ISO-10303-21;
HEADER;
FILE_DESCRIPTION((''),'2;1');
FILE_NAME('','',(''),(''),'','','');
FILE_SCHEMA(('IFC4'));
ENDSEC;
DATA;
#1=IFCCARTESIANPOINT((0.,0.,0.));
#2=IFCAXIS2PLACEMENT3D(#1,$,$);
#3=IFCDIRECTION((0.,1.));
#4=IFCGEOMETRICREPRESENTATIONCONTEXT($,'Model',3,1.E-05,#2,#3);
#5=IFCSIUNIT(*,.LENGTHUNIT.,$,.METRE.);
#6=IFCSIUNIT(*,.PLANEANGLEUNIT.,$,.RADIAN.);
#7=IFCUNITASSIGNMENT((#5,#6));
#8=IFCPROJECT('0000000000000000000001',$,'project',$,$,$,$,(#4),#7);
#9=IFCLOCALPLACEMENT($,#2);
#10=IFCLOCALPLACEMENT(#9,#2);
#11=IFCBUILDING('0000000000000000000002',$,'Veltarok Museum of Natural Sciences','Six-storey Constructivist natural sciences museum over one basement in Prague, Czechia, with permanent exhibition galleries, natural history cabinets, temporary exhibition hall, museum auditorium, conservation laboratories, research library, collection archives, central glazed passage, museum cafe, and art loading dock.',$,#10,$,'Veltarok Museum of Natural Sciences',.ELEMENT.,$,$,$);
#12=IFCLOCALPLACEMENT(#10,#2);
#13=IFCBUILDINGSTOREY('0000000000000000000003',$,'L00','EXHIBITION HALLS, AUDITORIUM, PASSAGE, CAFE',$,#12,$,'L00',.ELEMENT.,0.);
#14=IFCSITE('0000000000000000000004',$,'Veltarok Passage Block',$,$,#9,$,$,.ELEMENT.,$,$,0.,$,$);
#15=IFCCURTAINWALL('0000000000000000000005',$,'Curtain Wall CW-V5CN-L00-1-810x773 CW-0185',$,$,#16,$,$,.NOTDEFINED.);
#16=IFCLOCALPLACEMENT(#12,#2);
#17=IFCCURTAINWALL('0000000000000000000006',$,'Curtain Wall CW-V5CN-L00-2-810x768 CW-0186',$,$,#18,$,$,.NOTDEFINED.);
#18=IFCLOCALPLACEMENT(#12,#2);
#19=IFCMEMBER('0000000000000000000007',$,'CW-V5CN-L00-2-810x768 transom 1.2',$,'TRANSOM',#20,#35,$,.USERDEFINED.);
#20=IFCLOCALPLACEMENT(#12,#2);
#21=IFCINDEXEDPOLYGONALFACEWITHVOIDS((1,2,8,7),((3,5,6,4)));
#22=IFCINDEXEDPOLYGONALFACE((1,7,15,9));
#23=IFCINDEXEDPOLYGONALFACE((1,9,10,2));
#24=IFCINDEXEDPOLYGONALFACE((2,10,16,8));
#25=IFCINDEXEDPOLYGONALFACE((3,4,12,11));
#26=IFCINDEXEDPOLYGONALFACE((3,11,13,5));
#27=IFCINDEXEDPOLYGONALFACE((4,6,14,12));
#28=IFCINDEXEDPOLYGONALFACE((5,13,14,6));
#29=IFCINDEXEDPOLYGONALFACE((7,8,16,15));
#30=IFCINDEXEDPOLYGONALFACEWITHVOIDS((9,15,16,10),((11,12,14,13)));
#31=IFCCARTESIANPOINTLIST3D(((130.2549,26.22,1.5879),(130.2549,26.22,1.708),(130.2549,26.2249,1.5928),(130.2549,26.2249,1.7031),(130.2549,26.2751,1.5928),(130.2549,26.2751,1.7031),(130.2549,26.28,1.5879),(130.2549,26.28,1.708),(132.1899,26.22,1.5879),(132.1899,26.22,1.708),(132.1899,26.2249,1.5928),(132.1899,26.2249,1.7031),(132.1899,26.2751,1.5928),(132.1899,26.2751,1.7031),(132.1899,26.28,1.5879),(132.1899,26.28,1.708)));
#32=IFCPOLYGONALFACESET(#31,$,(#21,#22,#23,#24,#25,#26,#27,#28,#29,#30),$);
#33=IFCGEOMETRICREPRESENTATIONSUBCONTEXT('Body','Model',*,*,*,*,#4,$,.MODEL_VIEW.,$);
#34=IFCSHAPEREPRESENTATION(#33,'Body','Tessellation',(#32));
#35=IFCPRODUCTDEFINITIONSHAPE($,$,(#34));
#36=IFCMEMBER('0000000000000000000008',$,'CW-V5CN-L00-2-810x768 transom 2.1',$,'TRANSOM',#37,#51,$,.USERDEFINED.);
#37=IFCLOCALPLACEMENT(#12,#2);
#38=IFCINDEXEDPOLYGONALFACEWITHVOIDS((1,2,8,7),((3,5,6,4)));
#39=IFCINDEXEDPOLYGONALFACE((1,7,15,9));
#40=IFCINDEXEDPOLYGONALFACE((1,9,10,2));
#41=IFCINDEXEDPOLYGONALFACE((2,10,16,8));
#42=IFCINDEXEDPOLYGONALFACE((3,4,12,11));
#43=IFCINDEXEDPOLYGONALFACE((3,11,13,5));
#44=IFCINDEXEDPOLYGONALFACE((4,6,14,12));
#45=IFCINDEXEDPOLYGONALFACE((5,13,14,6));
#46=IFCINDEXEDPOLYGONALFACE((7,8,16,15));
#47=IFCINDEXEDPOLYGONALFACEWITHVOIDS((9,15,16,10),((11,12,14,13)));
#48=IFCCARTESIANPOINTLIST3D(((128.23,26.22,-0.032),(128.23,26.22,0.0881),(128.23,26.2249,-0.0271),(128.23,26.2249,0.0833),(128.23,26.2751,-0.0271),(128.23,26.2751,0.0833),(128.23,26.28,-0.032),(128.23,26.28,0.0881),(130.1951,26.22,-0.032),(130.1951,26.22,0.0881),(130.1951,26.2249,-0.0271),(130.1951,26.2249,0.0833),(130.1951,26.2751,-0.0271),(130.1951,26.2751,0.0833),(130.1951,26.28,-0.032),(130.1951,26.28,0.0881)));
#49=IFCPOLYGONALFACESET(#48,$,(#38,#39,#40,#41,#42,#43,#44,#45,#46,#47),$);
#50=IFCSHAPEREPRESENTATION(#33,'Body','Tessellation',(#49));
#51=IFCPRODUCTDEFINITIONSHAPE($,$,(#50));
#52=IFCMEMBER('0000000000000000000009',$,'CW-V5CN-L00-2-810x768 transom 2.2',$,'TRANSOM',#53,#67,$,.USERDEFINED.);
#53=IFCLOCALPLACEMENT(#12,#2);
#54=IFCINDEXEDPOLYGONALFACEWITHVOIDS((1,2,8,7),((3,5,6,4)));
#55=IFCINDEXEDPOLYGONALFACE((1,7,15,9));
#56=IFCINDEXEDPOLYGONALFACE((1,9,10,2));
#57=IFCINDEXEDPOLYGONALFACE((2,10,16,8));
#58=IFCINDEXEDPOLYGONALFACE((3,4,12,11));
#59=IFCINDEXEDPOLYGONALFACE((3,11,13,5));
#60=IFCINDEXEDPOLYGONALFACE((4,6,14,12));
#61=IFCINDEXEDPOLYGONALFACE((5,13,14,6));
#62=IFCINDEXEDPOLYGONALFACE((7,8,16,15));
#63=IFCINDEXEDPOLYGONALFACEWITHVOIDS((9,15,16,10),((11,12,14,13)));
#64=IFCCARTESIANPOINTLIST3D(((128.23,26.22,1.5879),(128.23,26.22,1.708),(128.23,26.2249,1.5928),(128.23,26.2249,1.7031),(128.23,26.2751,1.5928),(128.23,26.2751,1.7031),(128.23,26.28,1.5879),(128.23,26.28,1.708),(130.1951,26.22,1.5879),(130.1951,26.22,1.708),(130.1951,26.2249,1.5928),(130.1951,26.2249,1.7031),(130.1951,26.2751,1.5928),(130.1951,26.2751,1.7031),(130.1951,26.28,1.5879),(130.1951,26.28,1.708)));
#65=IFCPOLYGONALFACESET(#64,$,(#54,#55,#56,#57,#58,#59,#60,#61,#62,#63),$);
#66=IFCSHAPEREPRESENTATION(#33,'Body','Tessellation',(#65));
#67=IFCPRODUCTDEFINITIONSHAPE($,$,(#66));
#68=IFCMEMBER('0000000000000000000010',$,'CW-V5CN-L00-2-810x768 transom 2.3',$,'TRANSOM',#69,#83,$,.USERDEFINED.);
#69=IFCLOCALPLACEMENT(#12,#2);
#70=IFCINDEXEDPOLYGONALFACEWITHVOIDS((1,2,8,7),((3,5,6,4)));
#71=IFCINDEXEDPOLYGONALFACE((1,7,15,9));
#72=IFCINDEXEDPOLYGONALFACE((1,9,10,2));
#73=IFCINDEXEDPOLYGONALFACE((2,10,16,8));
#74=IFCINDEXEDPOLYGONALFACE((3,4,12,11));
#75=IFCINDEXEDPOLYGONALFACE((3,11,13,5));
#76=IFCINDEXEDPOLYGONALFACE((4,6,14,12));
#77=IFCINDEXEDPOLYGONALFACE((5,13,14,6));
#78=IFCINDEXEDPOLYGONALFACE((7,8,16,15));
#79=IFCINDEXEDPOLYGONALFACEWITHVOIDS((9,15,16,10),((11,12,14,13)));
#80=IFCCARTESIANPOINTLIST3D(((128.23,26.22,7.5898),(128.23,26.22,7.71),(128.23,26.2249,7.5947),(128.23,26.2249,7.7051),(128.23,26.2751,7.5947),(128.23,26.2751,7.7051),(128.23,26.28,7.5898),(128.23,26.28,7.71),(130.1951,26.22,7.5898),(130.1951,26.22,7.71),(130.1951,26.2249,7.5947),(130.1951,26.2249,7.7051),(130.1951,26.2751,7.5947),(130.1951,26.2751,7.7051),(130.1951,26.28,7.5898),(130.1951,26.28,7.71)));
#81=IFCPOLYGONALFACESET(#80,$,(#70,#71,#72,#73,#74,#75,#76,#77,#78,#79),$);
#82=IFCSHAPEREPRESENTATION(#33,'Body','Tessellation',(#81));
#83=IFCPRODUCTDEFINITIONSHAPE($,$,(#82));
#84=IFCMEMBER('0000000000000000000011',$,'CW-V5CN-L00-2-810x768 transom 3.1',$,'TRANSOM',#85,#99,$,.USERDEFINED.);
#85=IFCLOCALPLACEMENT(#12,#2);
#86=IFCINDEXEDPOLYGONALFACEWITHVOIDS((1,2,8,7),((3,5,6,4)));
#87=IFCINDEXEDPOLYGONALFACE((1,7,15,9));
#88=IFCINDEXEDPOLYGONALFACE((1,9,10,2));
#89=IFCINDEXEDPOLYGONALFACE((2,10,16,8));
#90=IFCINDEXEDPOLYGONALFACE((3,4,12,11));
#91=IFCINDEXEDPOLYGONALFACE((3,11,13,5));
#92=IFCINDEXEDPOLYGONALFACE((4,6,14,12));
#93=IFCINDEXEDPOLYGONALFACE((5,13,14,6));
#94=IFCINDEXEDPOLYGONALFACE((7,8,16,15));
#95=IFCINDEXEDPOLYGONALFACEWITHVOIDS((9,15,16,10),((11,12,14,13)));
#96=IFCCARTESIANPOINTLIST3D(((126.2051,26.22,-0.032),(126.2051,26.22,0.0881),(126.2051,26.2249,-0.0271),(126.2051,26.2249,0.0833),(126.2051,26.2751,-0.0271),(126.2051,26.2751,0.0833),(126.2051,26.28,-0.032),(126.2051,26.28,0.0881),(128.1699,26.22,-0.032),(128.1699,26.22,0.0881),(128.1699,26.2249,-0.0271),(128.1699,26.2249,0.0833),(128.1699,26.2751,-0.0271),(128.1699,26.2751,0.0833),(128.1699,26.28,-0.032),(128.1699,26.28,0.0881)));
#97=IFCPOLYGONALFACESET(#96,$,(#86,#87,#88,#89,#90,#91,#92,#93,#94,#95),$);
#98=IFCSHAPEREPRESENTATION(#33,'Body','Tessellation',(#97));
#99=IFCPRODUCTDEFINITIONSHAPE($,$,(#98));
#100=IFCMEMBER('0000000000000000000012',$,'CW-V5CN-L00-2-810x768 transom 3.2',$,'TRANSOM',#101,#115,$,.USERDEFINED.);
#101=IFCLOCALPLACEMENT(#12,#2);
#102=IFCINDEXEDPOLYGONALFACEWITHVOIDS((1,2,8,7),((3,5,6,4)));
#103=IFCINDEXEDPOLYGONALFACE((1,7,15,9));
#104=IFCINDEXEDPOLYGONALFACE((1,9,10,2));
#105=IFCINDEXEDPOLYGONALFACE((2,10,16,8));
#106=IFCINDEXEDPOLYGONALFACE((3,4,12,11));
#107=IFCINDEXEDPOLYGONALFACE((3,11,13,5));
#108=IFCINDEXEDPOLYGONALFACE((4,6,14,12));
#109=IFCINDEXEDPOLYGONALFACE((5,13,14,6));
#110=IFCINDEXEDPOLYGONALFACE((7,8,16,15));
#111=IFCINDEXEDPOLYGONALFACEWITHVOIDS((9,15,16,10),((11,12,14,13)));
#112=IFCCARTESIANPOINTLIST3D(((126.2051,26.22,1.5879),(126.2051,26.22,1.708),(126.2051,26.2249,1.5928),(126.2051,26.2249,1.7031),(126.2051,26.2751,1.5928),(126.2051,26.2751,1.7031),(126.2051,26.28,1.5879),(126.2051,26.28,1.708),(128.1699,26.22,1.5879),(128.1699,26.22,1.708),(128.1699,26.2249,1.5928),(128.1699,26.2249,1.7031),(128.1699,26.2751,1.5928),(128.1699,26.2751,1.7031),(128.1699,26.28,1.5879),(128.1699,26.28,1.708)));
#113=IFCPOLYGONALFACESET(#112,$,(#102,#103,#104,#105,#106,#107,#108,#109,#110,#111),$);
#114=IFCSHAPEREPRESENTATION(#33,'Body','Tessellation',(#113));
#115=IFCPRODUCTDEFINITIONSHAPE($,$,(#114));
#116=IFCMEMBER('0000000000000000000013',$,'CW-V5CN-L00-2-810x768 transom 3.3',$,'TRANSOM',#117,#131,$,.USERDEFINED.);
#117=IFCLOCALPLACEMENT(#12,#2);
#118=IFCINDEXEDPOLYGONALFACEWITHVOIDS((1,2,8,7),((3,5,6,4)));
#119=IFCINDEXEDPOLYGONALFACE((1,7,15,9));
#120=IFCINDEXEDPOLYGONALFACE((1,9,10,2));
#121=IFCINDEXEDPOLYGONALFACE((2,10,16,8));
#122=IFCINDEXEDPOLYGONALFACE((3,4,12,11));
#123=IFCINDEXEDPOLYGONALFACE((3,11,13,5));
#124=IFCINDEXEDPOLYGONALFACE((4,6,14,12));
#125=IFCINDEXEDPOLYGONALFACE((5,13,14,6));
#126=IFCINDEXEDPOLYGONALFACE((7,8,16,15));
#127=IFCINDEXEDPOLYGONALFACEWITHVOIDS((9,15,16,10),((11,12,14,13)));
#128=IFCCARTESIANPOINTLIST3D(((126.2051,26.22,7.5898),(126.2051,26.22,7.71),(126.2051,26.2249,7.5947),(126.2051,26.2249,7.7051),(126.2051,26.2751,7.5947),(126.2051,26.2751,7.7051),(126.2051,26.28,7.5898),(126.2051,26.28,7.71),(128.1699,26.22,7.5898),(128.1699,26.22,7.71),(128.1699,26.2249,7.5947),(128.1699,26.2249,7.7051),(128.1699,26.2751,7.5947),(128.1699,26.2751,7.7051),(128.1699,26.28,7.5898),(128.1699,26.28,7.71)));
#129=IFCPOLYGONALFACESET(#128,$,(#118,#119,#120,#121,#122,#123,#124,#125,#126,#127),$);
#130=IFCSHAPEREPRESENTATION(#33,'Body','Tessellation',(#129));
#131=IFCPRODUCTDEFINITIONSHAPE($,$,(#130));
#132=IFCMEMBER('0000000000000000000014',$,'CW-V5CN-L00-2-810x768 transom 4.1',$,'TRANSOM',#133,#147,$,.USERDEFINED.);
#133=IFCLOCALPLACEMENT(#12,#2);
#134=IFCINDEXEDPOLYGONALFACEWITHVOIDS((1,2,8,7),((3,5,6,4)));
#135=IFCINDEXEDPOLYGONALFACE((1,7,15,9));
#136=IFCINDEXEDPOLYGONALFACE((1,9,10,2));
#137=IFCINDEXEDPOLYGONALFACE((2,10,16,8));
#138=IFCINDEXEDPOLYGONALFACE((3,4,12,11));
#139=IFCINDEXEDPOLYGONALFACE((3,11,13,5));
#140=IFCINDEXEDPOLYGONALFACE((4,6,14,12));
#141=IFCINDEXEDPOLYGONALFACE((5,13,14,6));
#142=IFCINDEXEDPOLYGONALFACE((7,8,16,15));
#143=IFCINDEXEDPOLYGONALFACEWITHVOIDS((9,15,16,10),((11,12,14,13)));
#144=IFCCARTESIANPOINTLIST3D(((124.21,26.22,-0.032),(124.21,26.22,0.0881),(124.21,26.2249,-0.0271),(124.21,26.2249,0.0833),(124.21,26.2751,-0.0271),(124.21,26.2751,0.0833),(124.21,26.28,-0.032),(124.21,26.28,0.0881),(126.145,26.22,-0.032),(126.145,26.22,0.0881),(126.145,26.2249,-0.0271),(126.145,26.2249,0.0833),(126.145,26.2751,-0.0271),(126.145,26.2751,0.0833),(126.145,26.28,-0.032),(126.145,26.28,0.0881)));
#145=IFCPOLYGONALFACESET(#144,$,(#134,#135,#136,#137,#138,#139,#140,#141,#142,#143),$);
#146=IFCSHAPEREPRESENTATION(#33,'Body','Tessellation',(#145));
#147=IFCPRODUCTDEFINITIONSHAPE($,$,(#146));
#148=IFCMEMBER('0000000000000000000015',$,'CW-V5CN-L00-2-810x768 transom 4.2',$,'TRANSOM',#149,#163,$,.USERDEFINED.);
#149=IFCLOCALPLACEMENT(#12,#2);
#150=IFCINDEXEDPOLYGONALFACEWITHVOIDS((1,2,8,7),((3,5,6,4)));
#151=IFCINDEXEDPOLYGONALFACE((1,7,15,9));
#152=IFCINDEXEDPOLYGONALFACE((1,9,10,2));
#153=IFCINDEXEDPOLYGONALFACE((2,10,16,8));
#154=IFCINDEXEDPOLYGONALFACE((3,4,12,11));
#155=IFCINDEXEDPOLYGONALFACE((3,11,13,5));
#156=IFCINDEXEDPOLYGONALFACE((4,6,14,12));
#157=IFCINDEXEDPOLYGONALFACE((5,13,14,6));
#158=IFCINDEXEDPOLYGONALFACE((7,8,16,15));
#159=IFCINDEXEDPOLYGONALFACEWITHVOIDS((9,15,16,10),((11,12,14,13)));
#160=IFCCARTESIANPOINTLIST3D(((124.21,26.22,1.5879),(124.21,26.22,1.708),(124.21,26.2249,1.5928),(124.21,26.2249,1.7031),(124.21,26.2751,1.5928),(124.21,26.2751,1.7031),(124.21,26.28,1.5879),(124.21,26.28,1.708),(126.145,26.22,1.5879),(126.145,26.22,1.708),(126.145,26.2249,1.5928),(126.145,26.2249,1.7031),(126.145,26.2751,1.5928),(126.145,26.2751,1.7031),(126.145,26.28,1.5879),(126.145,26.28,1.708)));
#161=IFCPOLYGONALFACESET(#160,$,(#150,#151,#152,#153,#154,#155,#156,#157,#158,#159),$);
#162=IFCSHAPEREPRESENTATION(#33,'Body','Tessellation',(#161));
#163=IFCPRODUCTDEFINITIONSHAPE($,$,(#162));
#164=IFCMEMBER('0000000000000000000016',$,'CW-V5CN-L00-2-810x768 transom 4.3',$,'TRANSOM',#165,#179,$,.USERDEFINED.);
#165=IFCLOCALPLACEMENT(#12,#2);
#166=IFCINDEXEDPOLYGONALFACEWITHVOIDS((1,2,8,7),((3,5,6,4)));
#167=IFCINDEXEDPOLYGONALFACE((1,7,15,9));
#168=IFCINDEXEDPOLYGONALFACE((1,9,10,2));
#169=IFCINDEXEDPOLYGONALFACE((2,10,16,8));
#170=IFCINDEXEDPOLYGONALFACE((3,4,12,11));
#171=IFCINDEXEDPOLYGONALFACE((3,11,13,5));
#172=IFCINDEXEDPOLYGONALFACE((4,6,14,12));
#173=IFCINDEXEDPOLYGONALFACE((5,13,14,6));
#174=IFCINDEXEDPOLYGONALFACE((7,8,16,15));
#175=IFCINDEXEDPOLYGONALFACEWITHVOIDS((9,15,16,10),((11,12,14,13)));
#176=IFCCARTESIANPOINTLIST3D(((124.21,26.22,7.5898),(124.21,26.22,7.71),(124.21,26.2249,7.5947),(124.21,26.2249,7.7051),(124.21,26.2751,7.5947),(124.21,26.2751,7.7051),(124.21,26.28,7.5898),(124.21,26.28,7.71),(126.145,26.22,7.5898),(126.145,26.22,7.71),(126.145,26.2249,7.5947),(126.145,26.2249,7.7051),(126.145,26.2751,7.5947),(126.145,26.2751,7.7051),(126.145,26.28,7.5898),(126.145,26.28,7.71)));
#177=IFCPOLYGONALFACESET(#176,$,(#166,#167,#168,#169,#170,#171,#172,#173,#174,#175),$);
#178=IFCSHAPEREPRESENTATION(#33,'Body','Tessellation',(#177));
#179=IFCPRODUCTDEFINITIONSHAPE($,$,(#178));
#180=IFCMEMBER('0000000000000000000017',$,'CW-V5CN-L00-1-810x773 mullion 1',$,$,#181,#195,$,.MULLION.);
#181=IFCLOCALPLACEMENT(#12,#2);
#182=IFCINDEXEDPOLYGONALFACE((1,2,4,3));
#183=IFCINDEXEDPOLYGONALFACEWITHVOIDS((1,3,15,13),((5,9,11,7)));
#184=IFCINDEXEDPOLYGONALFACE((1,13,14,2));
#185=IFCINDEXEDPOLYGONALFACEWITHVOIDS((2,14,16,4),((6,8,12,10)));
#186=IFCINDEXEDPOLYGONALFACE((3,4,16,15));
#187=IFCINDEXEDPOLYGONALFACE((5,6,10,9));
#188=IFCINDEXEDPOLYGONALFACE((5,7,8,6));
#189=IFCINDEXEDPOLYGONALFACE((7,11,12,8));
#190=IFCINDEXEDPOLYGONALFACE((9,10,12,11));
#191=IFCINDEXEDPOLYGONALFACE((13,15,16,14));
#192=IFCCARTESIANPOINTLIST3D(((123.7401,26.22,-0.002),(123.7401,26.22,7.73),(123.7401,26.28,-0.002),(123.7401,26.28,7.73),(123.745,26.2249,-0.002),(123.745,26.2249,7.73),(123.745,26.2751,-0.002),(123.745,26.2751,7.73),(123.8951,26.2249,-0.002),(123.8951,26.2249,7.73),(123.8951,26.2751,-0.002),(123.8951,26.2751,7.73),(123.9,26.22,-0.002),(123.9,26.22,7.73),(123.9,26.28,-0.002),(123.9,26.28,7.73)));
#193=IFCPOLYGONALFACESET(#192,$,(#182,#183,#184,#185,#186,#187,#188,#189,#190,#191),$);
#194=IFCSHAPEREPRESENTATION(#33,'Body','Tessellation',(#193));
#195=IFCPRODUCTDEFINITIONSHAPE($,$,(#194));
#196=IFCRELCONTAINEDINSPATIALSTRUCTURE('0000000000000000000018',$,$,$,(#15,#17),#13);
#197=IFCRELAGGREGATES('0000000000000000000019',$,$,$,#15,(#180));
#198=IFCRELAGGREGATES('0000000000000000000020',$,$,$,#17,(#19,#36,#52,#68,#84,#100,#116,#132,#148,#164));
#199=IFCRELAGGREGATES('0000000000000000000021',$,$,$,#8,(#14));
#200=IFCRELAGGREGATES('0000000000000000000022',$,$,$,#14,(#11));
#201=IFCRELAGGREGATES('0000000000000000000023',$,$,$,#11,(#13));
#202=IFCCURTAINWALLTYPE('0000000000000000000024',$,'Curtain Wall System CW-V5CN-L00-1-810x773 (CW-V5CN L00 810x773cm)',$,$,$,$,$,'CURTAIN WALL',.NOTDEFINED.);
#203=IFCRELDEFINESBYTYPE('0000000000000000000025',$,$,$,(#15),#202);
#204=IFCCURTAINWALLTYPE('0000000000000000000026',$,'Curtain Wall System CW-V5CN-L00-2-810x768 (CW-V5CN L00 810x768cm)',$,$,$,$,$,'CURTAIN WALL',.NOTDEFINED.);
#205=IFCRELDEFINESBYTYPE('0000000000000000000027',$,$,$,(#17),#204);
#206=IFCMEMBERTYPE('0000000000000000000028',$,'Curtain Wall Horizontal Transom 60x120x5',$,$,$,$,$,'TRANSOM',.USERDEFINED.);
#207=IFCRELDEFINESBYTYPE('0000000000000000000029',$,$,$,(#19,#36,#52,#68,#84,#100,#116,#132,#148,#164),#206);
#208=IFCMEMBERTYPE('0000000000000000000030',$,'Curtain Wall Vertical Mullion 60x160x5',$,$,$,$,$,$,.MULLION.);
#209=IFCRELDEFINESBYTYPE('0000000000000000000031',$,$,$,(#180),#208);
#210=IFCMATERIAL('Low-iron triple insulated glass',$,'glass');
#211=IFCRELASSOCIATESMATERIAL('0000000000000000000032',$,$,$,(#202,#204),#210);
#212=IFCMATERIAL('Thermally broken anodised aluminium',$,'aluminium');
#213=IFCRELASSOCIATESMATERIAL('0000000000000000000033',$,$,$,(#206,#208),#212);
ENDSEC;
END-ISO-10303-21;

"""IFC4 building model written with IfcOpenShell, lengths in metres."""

from ifc_helpers import new_model, si_unit, direction, frame, origin, origin_2d, place, context, subcontext, project, spatial, hollow_rectangle, extrude, material, material_profile, profile_set, type_object, element, aggregate, save


model = new_model("IFC4")

# Units and contexts
model_context = context("Model", 3, precision=1e-05, world=origin(), true_north=direction((0.0, 1.0)))
body_context = subcontext(model_context, "Body", "Model", "MODEL_VIEW")
ifc_project = project(units=[si_unit("LENGTHUNIT", "METRE"), si_unit("PLANEANGLEUNIT", "RADIAN")], contexts=[model_context])

# Site, building, storey
site_placement = place(None, origin())
site = spatial("IfcSite", under=ifc_project, at=site_placement, Name="Veltarok Passage Block", CompositionType="ELEMENT", RefElevation=0.0)
building_placement = place(site_placement, origin())
building = spatial("IfcBuilding", under=site, at=building_placement, Name="Veltarok Museum of Natural Sciences", Description="Six-storey Constructivist natural sciences museum over one basement in Prague, Czechia, with permanent exhibition galleries, natural history cabinets, temporary exhibition hall, museum auditorium, conservation laboratories, research library, collection archives, central glazed passage, museum cafe, and art loading dock.", LongName="Veltarok Museum of Natural Sciences", CompositionType="ELEMENT")
storey_placement = place(building_placement, origin())
storey = spatial("IfcBuildingStorey", under=building, at=storey_placement, Name="L00", Description="EXHIBITION HALLS, AUDITORIUM, PASSAGE, CAFE", LongName="L00", CompositionType="ELEMENT", Elevation=0.0)

# Curtain walls, members
ifc_material_1 = material(Name="Low-iron triple insulated glass", Category="glass")
curtain_wall_type_1 = type_object("IfcCurtainWallType", Name="Curtain Wall System CW-V5CN-L00-1-810x773 (CW-V5CN L00 810x773cm)", ElementType="CURTAIN WALL", PredefinedType="NOTDEFINED", material=ifc_material_1)
curtain_wall_1_placement = place(storey_placement, origin())
curtain_wall_1 = element("IfcCurtainWall", 1, at=curtain_wall_1_placement, inside=storey, type_object=curtain_wall_type_1, Name="Curtain Wall CW-V5CN-L00-1-810x773 CW-0185", PredefinedType="NOTDEFINED")
ifc_material_2 = material(Name="Thermally broken anodised aluminium", Category="aluminium")
ifc_material_profile_1 = material_profile(ifc_material_2, hollow_rectangle(XDim=0.0601, YDim=0.1201, WallThickness=0.0049, at=origin_2d()), Name="CW TRANSOM 60x120x5")
ifc_profile_set_1 = profile_set([ifc_material_profile_1], Name="Thermally broken anodised aluminium")
member_type_1 = type_object("IfcMemberType", Name="Curtain Wall Horizontal Transom 60x120x5", ElementType="TRANSOM", PredefinedType="USERDEFINED", material=ifc_profile_set_1)
curtain_wall_type_2 = type_object("IfcCurtainWallType", Name="Curtain Wall System CW-V5CN-L00-2-810x768 (CW-V5CN L00 810x768cm)", ElementType="CURTAIN WALL", PredefinedType="NOTDEFINED", material=ifc_material_1)
curtain_wall_2_placement = place(storey_placement, origin())
curtain_wall_2 = element("IfcCurtainWall", 2, at=curtain_wall_2_placement, inside=storey, type_object=curtain_wall_type_2, Name="Curtain Wall CW-V5CN-L00-2-810x768 CW-0186", PredefinedType="NOTDEFINED")
member_1_placement = place(storey_placement, frame((132.1899, 26.25, 1.6479), z_axis=(-1.0, 0.0, 0.0), x_axis=(0.0, -1.0, 0.0)))
member_1 = element("IfcMember", 3, at=member_1_placement, type_object=member_type_1, Name="CW-V5CN-L00-2-810x768 transom 1.2", ObjectType="TRANSOM", PredefinedType="USERDEFINED", context=body_context, shape_type="SweptSolid", body=[
    extrude(hollow_rectangle(XDim=0.0601, YDim=0.1201, WallThickness=0.0049, at=origin_2d()), origin(), (0.0, 0.0, 1.0), 1.9351),
])
member_2_placement = place(storey_placement, frame((130.1951, 26.25, 0.0281), z_axis=(-1.0, 0.0, 0.0), x_axis=(0.0, -1.0, 0.0)))
member_2 = element("IfcMember", 4, at=member_2_placement, type_object=member_type_1, Name="CW-V5CN-L00-2-810x768 transom 2.1", ObjectType="TRANSOM", PredefinedType="USERDEFINED", context=body_context, shape_type="SweptSolid", body=[
    extrude(hollow_rectangle(XDim=0.0601, YDim=0.1201, WallThickness=0.0049, at=origin_2d()), origin(), (0.0, 0.0, 1.0), 1.9651),
])
member_3_placement = place(storey_placement, frame((130.1951, 26.25, 1.6479), z_axis=(-1.0, 0.0, 0.0), x_axis=(0.0, -1.0, 0.0)))
member_3 = element("IfcMember", 5, at=member_3_placement, type_object=member_type_1, Name="CW-V5CN-L00-2-810x768 transom 2.2", ObjectType="TRANSOM", PredefinedType="USERDEFINED", context=body_context, shape_type="SweptSolid", body=[
    extrude(hollow_rectangle(XDim=0.0601, YDim=0.1201, WallThickness=0.0049, at=origin_2d()), origin(), (0.0, 0.0, 1.0), 1.9651),
])
member_4_placement = place(storey_placement, frame((130.1951, 26.25, 7.6499), z_axis=(-1.0, 0.0, 0.0), x_axis=(0.0, -1.0, 0.0)))
member_4 = element("IfcMember", 6, at=member_4_placement, type_object=member_type_1, Name="CW-V5CN-L00-2-810x768 transom 2.3", ObjectType="TRANSOM", PredefinedType="USERDEFINED", context=body_context, shape_type="SweptSolid", body=[
    extrude(hollow_rectangle(XDim=0.0601, YDim=0.1201, WallThickness=0.0049, at=origin_2d()), origin(), (0.0, 0.0, 1.0), 1.9651),
])
member_5_placement = place(storey_placement, frame((128.1699, 26.25, 0.0281), z_axis=(-1.0, 0.0, 0.0), x_axis=(0.0, -1.0, 0.0)))
member_5 = element("IfcMember", 7, at=member_5_placement, type_object=member_type_1, Name="CW-V5CN-L00-2-810x768 transom 3.1", ObjectType="TRANSOM", PredefinedType="USERDEFINED", context=body_context, shape_type="SweptSolid", body=[
    extrude(hollow_rectangle(XDim=0.0601, YDim=0.1201, WallThickness=0.0049, at=origin_2d()), origin(), (0.0, 0.0, 1.0), 1.9648),
])
member_6_placement = place(storey_placement, frame((128.1699, 26.25, 1.6479), z_axis=(-1.0, 0.0, 0.0), x_axis=(0.0, -1.0, 0.0)))
member_6 = element("IfcMember", 8, at=member_6_placement, type_object=member_type_1, Name="CW-V5CN-L00-2-810x768 transom 3.2", ObjectType="TRANSOM", PredefinedType="USERDEFINED", context=body_context, shape_type="SweptSolid", body=[
    extrude(hollow_rectangle(XDim=0.0601, YDim=0.1201, WallThickness=0.0049, at=origin_2d()), origin(), (0.0, 0.0, 1.0), 1.9648),
])
member_7_placement = place(storey_placement, frame((128.1699, 26.25, 7.6499), z_axis=(-1.0, 0.0, 0.0), x_axis=(0.0, -1.0, 0.0)))
member_7 = element("IfcMember", 9, at=member_7_placement, type_object=member_type_1, Name="CW-V5CN-L00-2-810x768 transom 3.3", ObjectType="TRANSOM", PredefinedType="USERDEFINED", context=body_context, shape_type="SweptSolid", body=[
    extrude(hollow_rectangle(XDim=0.0601, YDim=0.1201, WallThickness=0.0049, at=origin_2d()), origin(), (0.0, 0.0, 1.0), 1.9648),
])
member_8_placement = place(storey_placement, frame((126.145, 26.25, 0.0281), z_axis=(-1.0, 0.0, 0.0), x_axis=(0.0, -1.0, 0.0)))
member_8 = element("IfcMember", 10, at=member_8_placement, type_object=member_type_1, Name="CW-V5CN-L00-2-810x768 transom 4.1", ObjectType="TRANSOM", PredefinedType="USERDEFINED", context=body_context, shape_type="SweptSolid", body=[
    extrude(hollow_rectangle(XDim=0.0601, YDim=0.1201, WallThickness=0.0049, at=origin_2d()), origin(), (0.0, 0.0, 1.0), 1.9351),
])
member_9_placement = place(storey_placement, frame((126.145, 26.25, 1.6479), z_axis=(-1.0, 0.0, 0.0), x_axis=(0.0, -1.0, 0.0)))
member_9 = element("IfcMember", 11, at=member_9_placement, type_object=member_type_1, Name="CW-V5CN-L00-2-810x768 transom 4.2", ObjectType="TRANSOM", PredefinedType="USERDEFINED", context=body_context, shape_type="SweptSolid", body=[
    extrude(hollow_rectangle(XDim=0.0601, YDim=0.1201, WallThickness=0.0049, at=origin_2d()), origin(), (0.0, 0.0, 1.0), 1.9351),
])
member_10_placement = place(storey_placement, frame((126.145, 26.25, 7.6499), z_axis=(-1.0, 0.0, 0.0), x_axis=(0.0, -1.0, 0.0)))
member_10 = element("IfcMember", 12, at=member_10_placement, type_object=member_type_1, Name="CW-V5CN-L00-2-810x768 transom 4.3", ObjectType="TRANSOM", PredefinedType="USERDEFINED", context=body_context, shape_type="SweptSolid", body=[
    extrude(hollow_rectangle(XDim=0.0601, YDim=0.1201, WallThickness=0.0049, at=origin_2d()), origin(), (0.0, 0.0, 1.0), 1.9351),
])

# Member
ifc_material_profile_2 = material_profile(ifc_material_2, hollow_rectangle(XDim=0.0601, YDim=0.1599, WallThickness=0.0049, at=origin_2d()), Name="CW MULLION 60x160x5")
ifc_profile_set_2 = profile_set([ifc_material_profile_2], Name="Thermally broken anodised aluminium")
member_type_2 = type_object("IfcMemberType", Name="Curtain Wall Vertical Mullion 60x160x5", PredefinedType="MULLION", material=ifc_profile_set_2)
member_11_placement = place(storey_placement, frame((123.8201, 26.25, -0.002), z_axis=(0.0, 0.0, 1.0), x_axis=(0.0, -1.0, 0.0)))
member_11 = element("IfcMember", 13, at=member_11_placement, type_object=member_type_2, Name="CW-V5CN-L00-1-810x773 mullion 1", PredefinedType="MULLION", context=body_context, shape_type="SweptSolid", body=[
    extrude(hollow_rectangle(XDim=0.0601, YDim=0.1599, WallThickness=0.0049, at=origin_2d()), origin(), (0.0, 0.0, 1.0), 7.7319),
])

aggregate(curtain_wall_1, [member_11])
aggregate(curtain_wall_2, [member_1, member_2, member_3, member_4, member_5, member_6, member_7, member_8, member_9, member_10])

save(model, "model.ifc")
